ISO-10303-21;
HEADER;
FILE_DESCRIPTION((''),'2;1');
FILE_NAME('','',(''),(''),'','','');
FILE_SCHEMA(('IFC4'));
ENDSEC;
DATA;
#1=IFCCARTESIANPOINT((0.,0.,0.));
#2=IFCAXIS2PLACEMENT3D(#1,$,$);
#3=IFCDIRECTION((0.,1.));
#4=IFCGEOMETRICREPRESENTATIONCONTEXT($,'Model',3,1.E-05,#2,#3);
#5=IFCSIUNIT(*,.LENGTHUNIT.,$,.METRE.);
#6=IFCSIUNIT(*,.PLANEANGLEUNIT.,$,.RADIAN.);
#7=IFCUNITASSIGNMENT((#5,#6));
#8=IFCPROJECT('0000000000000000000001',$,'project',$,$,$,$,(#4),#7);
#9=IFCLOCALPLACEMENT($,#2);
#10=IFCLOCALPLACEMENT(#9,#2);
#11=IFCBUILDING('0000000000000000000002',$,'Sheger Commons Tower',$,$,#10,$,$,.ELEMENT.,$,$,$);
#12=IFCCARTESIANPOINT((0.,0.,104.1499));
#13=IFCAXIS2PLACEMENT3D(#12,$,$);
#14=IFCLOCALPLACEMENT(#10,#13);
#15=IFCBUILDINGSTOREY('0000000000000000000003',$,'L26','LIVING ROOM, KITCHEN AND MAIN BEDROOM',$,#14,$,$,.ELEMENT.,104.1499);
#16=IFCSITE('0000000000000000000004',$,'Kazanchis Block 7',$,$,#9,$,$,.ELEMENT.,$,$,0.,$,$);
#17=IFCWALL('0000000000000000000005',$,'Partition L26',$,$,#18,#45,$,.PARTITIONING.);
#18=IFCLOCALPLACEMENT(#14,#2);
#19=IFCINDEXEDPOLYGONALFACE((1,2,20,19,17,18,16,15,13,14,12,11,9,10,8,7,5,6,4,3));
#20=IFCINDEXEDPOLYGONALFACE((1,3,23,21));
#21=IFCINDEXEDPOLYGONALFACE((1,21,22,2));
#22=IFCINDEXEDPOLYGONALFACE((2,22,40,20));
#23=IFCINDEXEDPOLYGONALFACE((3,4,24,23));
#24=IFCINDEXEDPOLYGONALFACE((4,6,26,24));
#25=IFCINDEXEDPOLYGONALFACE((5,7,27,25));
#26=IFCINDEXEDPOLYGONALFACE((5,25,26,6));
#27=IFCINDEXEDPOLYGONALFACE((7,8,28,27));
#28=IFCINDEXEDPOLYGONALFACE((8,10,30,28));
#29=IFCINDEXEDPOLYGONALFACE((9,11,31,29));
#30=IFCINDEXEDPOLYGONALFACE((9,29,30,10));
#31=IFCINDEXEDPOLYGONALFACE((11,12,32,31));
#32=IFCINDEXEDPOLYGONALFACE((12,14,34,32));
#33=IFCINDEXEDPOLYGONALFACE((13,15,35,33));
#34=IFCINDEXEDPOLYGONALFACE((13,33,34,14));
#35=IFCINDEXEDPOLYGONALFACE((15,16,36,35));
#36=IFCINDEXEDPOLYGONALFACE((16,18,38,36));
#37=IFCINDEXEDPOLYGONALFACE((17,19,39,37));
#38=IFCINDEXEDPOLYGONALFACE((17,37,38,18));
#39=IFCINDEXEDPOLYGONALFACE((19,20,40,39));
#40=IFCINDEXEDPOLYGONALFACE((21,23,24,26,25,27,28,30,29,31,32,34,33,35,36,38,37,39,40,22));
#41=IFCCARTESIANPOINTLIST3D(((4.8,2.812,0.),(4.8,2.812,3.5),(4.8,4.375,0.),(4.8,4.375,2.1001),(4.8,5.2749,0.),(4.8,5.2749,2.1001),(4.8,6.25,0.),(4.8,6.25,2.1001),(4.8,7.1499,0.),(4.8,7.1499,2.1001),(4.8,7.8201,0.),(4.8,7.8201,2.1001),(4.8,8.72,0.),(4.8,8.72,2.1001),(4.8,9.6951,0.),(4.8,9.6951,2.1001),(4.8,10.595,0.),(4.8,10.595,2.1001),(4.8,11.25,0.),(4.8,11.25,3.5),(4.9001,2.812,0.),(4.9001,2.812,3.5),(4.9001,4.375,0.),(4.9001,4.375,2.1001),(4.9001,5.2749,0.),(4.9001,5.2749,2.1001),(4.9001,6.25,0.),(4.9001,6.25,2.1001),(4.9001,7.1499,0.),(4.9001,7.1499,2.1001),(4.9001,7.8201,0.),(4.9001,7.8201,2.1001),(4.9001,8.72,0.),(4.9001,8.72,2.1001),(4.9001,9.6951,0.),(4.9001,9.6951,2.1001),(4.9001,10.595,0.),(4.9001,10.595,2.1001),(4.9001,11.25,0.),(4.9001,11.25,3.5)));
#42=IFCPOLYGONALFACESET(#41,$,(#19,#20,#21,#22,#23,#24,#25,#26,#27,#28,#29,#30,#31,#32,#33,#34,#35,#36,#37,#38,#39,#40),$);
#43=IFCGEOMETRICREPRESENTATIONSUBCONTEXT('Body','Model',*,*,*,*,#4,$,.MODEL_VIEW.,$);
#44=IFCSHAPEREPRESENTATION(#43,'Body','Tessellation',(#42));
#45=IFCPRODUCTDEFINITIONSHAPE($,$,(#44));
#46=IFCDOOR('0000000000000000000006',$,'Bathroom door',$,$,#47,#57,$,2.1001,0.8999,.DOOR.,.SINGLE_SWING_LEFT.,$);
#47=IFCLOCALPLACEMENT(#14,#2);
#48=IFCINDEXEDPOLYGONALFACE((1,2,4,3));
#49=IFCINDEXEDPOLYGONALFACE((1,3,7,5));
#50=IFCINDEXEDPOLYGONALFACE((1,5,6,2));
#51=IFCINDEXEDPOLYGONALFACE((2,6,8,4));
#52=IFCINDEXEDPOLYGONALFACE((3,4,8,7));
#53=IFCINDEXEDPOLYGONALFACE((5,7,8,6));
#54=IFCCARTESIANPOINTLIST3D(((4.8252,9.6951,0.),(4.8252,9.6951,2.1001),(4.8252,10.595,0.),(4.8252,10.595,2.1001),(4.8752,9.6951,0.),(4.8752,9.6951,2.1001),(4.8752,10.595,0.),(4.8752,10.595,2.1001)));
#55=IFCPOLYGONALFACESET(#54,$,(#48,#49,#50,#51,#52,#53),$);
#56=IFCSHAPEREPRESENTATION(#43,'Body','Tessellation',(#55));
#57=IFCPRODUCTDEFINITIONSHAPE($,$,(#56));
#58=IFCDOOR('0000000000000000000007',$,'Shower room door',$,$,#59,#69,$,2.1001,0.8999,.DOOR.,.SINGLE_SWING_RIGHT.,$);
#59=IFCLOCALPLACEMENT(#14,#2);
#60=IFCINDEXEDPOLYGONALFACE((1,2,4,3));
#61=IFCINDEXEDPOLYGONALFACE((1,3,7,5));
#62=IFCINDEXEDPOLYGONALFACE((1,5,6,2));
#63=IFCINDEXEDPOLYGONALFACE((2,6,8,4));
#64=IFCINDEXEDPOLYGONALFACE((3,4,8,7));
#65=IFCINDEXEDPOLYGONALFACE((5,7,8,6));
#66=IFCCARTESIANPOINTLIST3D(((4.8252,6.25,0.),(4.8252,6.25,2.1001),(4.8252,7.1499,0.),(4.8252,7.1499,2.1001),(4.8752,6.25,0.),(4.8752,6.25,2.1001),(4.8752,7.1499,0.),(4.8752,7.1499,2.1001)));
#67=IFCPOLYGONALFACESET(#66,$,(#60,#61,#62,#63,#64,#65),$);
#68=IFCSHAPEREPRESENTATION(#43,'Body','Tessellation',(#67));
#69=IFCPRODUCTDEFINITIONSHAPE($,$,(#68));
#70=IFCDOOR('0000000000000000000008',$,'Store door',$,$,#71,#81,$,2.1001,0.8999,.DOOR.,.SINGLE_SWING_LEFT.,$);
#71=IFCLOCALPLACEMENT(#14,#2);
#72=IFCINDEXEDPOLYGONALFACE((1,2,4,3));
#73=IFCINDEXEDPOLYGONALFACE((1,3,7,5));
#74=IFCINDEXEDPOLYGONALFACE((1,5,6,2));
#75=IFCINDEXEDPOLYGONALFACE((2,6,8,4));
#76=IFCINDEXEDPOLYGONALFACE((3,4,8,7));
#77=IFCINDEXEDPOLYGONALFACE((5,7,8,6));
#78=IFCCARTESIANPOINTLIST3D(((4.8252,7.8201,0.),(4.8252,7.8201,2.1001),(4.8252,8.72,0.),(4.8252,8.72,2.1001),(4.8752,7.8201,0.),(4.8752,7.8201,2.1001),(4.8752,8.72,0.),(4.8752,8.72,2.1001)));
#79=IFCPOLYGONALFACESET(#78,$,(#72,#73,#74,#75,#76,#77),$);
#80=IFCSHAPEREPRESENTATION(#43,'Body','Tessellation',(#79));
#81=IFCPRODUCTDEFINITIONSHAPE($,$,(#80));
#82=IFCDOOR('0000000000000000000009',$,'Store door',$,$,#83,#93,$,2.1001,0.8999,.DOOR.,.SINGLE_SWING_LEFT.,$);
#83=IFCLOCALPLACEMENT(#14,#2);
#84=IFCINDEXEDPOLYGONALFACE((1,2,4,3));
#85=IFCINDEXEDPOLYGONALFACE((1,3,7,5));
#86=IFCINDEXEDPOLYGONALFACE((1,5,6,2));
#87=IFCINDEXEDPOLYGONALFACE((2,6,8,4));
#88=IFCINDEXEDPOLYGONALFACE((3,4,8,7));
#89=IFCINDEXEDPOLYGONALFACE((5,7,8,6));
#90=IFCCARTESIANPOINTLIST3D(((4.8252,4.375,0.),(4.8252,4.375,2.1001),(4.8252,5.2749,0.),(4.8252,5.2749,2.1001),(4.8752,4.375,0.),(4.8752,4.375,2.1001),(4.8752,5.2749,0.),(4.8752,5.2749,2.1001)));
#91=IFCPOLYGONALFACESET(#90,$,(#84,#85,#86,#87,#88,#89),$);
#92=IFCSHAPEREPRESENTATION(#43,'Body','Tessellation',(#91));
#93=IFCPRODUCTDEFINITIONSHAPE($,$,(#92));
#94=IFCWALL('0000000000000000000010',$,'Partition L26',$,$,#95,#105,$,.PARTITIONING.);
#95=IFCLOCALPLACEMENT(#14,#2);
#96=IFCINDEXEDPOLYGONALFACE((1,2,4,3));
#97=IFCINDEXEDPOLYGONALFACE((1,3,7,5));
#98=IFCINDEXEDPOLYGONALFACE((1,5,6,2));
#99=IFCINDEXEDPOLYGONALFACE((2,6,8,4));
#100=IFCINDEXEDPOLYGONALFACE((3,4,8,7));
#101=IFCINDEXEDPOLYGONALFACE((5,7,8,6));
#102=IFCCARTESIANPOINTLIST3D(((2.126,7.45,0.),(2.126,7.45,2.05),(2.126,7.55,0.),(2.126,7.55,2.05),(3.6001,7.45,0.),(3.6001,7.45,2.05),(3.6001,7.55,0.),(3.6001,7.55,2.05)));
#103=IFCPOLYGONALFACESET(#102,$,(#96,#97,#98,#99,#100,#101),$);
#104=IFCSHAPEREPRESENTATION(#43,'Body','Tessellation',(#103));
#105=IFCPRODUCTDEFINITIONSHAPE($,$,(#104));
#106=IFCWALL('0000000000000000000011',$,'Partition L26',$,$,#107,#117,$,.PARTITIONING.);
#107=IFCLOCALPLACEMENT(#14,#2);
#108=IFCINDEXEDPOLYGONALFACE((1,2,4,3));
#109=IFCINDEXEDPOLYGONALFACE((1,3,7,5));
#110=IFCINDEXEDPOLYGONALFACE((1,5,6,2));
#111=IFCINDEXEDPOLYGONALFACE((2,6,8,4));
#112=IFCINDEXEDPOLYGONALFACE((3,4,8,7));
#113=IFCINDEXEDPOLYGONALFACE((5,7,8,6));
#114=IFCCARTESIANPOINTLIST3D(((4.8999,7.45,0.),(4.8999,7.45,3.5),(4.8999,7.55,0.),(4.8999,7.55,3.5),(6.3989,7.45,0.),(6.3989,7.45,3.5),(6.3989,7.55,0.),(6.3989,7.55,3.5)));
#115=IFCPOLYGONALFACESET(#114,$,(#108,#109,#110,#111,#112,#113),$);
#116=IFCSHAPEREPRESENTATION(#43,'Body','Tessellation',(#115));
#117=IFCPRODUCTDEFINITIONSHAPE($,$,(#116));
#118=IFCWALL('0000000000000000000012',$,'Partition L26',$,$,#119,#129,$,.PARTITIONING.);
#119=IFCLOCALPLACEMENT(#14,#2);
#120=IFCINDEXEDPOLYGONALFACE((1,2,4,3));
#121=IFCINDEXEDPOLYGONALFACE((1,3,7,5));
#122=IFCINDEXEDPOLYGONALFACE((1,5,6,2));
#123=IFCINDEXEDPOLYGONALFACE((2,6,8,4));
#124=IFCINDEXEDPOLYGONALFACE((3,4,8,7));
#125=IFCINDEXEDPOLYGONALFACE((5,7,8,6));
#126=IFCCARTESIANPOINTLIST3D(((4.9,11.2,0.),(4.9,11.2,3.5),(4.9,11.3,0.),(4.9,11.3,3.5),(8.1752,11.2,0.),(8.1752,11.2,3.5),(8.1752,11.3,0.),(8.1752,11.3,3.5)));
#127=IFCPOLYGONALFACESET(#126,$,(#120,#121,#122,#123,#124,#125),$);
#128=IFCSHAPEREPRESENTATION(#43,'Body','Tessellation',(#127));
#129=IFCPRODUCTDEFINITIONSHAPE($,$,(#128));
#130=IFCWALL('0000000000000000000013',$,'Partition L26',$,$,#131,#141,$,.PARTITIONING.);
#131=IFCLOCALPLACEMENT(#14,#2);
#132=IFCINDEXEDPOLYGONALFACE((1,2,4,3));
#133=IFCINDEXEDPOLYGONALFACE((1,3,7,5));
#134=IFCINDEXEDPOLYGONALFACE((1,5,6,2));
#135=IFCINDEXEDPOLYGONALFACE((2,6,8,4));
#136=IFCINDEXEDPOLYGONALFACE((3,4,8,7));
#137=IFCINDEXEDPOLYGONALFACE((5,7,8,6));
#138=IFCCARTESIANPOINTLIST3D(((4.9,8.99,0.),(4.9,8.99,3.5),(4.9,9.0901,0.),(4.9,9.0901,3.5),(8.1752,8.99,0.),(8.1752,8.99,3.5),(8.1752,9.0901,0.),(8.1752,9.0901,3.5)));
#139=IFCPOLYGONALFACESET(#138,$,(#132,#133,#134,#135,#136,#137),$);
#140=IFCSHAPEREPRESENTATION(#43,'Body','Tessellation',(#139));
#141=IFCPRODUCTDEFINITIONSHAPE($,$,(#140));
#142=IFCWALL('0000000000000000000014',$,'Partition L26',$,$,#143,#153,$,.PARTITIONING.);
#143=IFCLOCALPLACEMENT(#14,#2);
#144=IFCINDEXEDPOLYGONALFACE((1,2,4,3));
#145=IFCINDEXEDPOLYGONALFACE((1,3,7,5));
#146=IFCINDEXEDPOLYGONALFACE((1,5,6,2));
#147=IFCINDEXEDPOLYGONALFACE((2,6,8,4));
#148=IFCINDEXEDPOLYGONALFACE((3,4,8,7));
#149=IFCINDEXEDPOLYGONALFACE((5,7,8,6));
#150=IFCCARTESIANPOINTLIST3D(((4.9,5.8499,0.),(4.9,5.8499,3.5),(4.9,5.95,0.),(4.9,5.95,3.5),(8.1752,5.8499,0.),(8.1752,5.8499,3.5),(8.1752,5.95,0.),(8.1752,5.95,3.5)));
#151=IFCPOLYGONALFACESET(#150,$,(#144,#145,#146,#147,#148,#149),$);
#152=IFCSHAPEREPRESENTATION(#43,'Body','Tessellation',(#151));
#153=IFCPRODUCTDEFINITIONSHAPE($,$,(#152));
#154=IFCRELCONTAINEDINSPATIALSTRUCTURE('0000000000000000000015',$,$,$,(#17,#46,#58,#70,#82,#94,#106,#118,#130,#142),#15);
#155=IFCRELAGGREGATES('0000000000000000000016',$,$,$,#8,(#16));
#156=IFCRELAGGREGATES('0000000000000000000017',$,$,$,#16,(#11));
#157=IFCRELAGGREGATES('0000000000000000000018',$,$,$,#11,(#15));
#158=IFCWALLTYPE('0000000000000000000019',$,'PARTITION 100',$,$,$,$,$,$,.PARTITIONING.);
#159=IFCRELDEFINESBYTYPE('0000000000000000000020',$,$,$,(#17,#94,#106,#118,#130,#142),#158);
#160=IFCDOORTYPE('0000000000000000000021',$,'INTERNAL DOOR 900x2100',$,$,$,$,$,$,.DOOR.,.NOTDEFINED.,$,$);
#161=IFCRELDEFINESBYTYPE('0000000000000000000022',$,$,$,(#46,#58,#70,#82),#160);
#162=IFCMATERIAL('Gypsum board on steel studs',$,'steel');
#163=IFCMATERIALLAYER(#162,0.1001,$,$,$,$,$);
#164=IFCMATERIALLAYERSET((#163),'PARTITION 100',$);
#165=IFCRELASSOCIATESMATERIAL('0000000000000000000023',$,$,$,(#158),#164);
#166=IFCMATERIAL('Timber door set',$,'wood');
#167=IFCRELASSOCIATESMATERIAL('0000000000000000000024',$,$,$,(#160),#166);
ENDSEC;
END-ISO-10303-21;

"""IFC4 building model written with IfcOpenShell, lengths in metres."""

from ifc_helpers import new_model, si_unit, direction, frame, frame_2d, origin, place, context, subcontext, project, spatial, rectangle, extrude, material, layer, layer_set, type_object, element, fill, save


model = new_model("IFC4")

# Units and contexts
model_context = context("Model", 3, precision=1e-05, world=origin(), true_north=direction((0.0, 1.0)))
body_context = subcontext(model_context, "Body", "Model", "MODEL_VIEW")
ifc_project = project(units=[si_unit("LENGTHUNIT", "METRE"), si_unit("PLANEANGLEUNIT", "RADIAN")], contexts=[model_context])

# Site, building, storey
site_placement = place(None, origin())
site = spatial("IfcSite", under=ifc_project, at=site_placement, Name="Kazanchis Block 7", CompositionType="ELEMENT", RefElevation=0.0)
building_placement = place(site_placement, origin())
building = spatial("IfcBuilding", under=site, at=building_placement, Name="Sheger Commons Tower", CompositionType="ELEMENT")
storey_placement = place(building_placement, frame((0.0, 0.0, 104.1499)))
storey = spatial("IfcBuildingStorey", under=building, at=storey_placement, Name="L26", Description="LIVING ROOM, KITCHEN AND MAIN BEDROOM", CompositionType="ELEMENT", Elevation=104.1499)

# Wall, openings, doors
ifc_material_1 = material(Name="Gypsum board on steel studs", Category="steel")
ifc_layer_1 = layer(ifc_material_1, 0.1001)
ifc_layer_set_1 = layer_set([ifc_layer_1], Name="PARTITION 100")
wall_type_1 = type_object("IfcWallType", Name="PARTITION 100", PredefinedType="PARTITIONING", material=ifc_layer_set_1)
ifc_material_2 = material(Name="Timber door set", Category="wood")
door_type = type_object("IfcDoorType", Name="INTERNAL DOOR 900x2100", OperationType="NOTDEFINED", PredefinedType="DOOR", material=ifc_material_2)
wall_1_placement = place(storey_placement, frame((4.8501, 2.812, 0.0), z_axis=(0.0, 0.0, 1.0), x_axis=(0.0, 1.0, 0.0)))
wall_1 = element("IfcWall", 1, at=wall_1_placement, inside=storey, type_object=wall_type_1, Name="Partition L26", PredefinedType="PARTITIONING", context=body_context, shape_type="SweptSolid", body=[
    extrude(rectangle(XDim=8.438, YDim=0.1001, at=frame_2d((4.219, 0.0))), origin(), (0.0, 0.0, 1.0), 3.5),
])
opening_1_placement = place(wall_1_placement, frame((6.8831, 0.0, 0.0)))
opening_1 = element("IfcOpeningElement", 2, at=opening_1_placement, cuts=wall_1, PredefinedType="OPENING", context=body_context, shape_type="SweptSolid", body=[
    extrude(rectangle(XDim=0.8999, YDim=2.1001, at=frame_2d((0.45, 1.05))), frame((0.0, 0.0601, 0.0), z_axis=(0.0, -1.0, 0.0), x_axis=(1.0, 0.0, 0.0)), (0.0, 0.0, 1.0), 0.1201),
])
opening_2_placement = place(wall_1_placement, frame((3.438, 0.0, 0.0)))
opening_2 = element("IfcOpeningElement", 3, at=opening_2_placement, cuts=wall_1, PredefinedType="OPENING", context=body_context, shape_type="SweptSolid", body=[
    extrude(rectangle(XDim=0.8999, YDim=2.1001, at=frame_2d((0.45, 1.05))), frame((0.0, 0.0601, 0.0), z_axis=(0.0, -1.0, 0.0), x_axis=(1.0, 0.0, 0.0)), (0.0, 0.0, 1.0), 0.1201),
])
opening_3_placement = place(wall_1_placement, frame((5.0081, 0.0, 0.0)))
opening_3 = element("IfcOpeningElement", 4, at=opening_3_placement, cuts=wall_1, PredefinedType="OPENING", context=body_context, shape_type="SweptSolid", body=[
    extrude(rectangle(XDim=0.8999, YDim=2.1001, at=frame_2d((0.45, 1.05))), frame((0.0, 0.0601, 0.0), z_axis=(0.0, -1.0, 0.0), x_axis=(1.0, 0.0, 0.0)), (0.0, 0.0, 1.0), 0.1201),
])
opening_4_placement = place(wall_1_placement, frame((1.563, 0.0, 0.0)))
opening_4 = element("IfcOpeningElement", 5, at=opening_4_placement, cuts=wall_1, PredefinedType="OPENING", context=body_context, shape_type="SweptSolid", body=[
    extrude(rectangle(XDim=0.8999, YDim=2.1001, at=frame_2d((0.45, 1.05))), frame((0.0, 0.0601, 0.0), z_axis=(0.0, -1.0, 0.0), x_axis=(1.0, 0.0, 0.0)), (0.0, 0.0, 1.0), 0.1201),
])
door_1_placement = place(opening_1_placement, origin())
door_1 = element("IfcDoor", 6, at=door_1_placement, inside=storey, type_object=door_type, Name="Bathroom door", OperationType="SINGLE_SWING_LEFT", OverallHeight=2.1001, OverallWidth=0.8999, PredefinedType="DOOR", context=body_context, shape_type="SweptSolid", body=[
    extrude(rectangle(XDim=0.8999, YDim=2.1001, at=frame_2d((0.45, 1.05))), frame((0.0, 0.0249, 0.0), z_axis=(0.0, -1.0, 0.0), x_axis=(1.0, 0.0, 0.0)), (0.0, 0.0, 1.0), 0.05),
])
fill(opening_1, door_1)
door_2_placement = place(opening_2_placement, origin())
door_2 = element("IfcDoor", 7, at=door_2_placement, inside=storey, type_object=door_type, Name="Shower room door", OperationType="SINGLE_SWING_RIGHT", OverallHeight=2.1001, OverallWidth=0.8999, PredefinedType="DOOR", context=body_context, shape_type="SweptSolid", body=[
    extrude(rectangle(XDim=0.8999, YDim=2.1001, at=frame_2d((0.45, 1.05))), frame((0.0, 0.0249, 0.0), z_axis=(0.0, -1.0, 0.0), x_axis=(1.0, 0.0, 0.0)), (0.0, 0.0, 1.0), 0.05),
])
fill(opening_2, door_2)
door_3_placement = place(opening_3_placement, origin())
door_3 = element("IfcDoor", 8, at=door_3_placement, inside=storey, type_object=door_type, Name="Store door", OperationType="SINGLE_SWING_LEFT", OverallHeight=2.1001, OverallWidth=0.8999, PredefinedType="DOOR", context=body_context, shape_type="SweptSolid", body=[
    extrude(rectangle(XDim=0.8999, YDim=2.1001, at=frame_2d((0.45, 1.05))), frame((0.0, 0.0249, 0.0), z_axis=(0.0, -1.0, 0.0), x_axis=(1.0, 0.0, 0.0)), (0.0, 0.0, 1.0), 0.05),
])
fill(opening_3, door_3)
door_4_placement = place(opening_4_placement, origin())
door_4 = element("IfcDoor", 9, at=door_4_placement, inside=storey, type_object=door_type, Name="Store door", OperationType="SINGLE_SWING_LEFT", OverallHeight=2.1001, OverallWidth=0.8999, PredefinedType="DOOR", context=body_context, shape_type="SweptSolid", body=[
    extrude(rectangle(XDim=0.8999, YDim=2.1001, at=frame_2d((0.45, 1.05))), frame((0.0, 0.0249, 0.0), z_axis=(0.0, -1.0, 0.0), x_axis=(1.0, 0.0, 0.0)), (0.0, 0.0, 1.0), 0.05),
])
fill(opening_4, door_4)

# Walls
wall_2_placement = place(storey_placement, frame((2.126, 7.5, 0.0), z_axis=(0.0, 0.0, 1.0), x_axis=(1.0, 0.0, 0.0)))
element("IfcWall", 10, at=wall_2_placement, inside=storey, type_object=wall_type_1, Name="Partition L26", PredefinedType="PARTITIONING", context=body_context, shape_type="SweptSolid", body=[
    extrude(rectangle(XDim=1.4741, YDim=0.1001, at=frame_2d((0.7371, 0.0))), origin(), (0.0, 0.0, 1.0), 2.05),
])
wall_3_placement = place(storey_placement, frame((4.8999, 7.5, 0.0), z_axis=(0.0, 0.0, 1.0), x_axis=(1.0, 0.0, 0.0)))
element("IfcWall", 11, at=wall_3_placement, inside=storey, type_object=wall_type_1, Name="Partition L26", PredefinedType="PARTITIONING", context=body_context, shape_type="SweptSolid", body=[
    extrude(rectangle(XDim=1.499, YDim=0.1001, at=frame_2d((0.7495, 0.0))), origin(), (0.0, 0.0, 1.0), 3.5),
])
for number, where, z_axis, x_axis, name in (
    (12, (4.8999, 11.25, 0.0), (0.0, 0.0, 1.0), (1.0, 0.0, 0.0), "Partition L26"),
    (13, (4.8999, 9.04, 0.0), (0.0, 0.0, 1.0), (1.0, 0.0, 0.0), "Partition L26"),
    (14, (4.8999, 5.8999, 0.0), (0.0, 0.0, 1.0), (1.0, 0.0, 0.0), "Partition L26"),
):
    element("IfcWall", number, at=place(storey_placement, frame(where, z_axis=z_axis, x_axis=x_axis)), inside=storey, type_object=wall_type_1, Name=name, PredefinedType="PARTITIONING", context=body_context, shape_type="SweptSolid", body=[
        extrude(rectangle(XDim=3.2751, YDim=0.1001, at=frame_2d((1.6377, 0.0))), origin(), (0.0, 0.0, 1.0), 3.5),
    ])

save(model, "model.ifc")
